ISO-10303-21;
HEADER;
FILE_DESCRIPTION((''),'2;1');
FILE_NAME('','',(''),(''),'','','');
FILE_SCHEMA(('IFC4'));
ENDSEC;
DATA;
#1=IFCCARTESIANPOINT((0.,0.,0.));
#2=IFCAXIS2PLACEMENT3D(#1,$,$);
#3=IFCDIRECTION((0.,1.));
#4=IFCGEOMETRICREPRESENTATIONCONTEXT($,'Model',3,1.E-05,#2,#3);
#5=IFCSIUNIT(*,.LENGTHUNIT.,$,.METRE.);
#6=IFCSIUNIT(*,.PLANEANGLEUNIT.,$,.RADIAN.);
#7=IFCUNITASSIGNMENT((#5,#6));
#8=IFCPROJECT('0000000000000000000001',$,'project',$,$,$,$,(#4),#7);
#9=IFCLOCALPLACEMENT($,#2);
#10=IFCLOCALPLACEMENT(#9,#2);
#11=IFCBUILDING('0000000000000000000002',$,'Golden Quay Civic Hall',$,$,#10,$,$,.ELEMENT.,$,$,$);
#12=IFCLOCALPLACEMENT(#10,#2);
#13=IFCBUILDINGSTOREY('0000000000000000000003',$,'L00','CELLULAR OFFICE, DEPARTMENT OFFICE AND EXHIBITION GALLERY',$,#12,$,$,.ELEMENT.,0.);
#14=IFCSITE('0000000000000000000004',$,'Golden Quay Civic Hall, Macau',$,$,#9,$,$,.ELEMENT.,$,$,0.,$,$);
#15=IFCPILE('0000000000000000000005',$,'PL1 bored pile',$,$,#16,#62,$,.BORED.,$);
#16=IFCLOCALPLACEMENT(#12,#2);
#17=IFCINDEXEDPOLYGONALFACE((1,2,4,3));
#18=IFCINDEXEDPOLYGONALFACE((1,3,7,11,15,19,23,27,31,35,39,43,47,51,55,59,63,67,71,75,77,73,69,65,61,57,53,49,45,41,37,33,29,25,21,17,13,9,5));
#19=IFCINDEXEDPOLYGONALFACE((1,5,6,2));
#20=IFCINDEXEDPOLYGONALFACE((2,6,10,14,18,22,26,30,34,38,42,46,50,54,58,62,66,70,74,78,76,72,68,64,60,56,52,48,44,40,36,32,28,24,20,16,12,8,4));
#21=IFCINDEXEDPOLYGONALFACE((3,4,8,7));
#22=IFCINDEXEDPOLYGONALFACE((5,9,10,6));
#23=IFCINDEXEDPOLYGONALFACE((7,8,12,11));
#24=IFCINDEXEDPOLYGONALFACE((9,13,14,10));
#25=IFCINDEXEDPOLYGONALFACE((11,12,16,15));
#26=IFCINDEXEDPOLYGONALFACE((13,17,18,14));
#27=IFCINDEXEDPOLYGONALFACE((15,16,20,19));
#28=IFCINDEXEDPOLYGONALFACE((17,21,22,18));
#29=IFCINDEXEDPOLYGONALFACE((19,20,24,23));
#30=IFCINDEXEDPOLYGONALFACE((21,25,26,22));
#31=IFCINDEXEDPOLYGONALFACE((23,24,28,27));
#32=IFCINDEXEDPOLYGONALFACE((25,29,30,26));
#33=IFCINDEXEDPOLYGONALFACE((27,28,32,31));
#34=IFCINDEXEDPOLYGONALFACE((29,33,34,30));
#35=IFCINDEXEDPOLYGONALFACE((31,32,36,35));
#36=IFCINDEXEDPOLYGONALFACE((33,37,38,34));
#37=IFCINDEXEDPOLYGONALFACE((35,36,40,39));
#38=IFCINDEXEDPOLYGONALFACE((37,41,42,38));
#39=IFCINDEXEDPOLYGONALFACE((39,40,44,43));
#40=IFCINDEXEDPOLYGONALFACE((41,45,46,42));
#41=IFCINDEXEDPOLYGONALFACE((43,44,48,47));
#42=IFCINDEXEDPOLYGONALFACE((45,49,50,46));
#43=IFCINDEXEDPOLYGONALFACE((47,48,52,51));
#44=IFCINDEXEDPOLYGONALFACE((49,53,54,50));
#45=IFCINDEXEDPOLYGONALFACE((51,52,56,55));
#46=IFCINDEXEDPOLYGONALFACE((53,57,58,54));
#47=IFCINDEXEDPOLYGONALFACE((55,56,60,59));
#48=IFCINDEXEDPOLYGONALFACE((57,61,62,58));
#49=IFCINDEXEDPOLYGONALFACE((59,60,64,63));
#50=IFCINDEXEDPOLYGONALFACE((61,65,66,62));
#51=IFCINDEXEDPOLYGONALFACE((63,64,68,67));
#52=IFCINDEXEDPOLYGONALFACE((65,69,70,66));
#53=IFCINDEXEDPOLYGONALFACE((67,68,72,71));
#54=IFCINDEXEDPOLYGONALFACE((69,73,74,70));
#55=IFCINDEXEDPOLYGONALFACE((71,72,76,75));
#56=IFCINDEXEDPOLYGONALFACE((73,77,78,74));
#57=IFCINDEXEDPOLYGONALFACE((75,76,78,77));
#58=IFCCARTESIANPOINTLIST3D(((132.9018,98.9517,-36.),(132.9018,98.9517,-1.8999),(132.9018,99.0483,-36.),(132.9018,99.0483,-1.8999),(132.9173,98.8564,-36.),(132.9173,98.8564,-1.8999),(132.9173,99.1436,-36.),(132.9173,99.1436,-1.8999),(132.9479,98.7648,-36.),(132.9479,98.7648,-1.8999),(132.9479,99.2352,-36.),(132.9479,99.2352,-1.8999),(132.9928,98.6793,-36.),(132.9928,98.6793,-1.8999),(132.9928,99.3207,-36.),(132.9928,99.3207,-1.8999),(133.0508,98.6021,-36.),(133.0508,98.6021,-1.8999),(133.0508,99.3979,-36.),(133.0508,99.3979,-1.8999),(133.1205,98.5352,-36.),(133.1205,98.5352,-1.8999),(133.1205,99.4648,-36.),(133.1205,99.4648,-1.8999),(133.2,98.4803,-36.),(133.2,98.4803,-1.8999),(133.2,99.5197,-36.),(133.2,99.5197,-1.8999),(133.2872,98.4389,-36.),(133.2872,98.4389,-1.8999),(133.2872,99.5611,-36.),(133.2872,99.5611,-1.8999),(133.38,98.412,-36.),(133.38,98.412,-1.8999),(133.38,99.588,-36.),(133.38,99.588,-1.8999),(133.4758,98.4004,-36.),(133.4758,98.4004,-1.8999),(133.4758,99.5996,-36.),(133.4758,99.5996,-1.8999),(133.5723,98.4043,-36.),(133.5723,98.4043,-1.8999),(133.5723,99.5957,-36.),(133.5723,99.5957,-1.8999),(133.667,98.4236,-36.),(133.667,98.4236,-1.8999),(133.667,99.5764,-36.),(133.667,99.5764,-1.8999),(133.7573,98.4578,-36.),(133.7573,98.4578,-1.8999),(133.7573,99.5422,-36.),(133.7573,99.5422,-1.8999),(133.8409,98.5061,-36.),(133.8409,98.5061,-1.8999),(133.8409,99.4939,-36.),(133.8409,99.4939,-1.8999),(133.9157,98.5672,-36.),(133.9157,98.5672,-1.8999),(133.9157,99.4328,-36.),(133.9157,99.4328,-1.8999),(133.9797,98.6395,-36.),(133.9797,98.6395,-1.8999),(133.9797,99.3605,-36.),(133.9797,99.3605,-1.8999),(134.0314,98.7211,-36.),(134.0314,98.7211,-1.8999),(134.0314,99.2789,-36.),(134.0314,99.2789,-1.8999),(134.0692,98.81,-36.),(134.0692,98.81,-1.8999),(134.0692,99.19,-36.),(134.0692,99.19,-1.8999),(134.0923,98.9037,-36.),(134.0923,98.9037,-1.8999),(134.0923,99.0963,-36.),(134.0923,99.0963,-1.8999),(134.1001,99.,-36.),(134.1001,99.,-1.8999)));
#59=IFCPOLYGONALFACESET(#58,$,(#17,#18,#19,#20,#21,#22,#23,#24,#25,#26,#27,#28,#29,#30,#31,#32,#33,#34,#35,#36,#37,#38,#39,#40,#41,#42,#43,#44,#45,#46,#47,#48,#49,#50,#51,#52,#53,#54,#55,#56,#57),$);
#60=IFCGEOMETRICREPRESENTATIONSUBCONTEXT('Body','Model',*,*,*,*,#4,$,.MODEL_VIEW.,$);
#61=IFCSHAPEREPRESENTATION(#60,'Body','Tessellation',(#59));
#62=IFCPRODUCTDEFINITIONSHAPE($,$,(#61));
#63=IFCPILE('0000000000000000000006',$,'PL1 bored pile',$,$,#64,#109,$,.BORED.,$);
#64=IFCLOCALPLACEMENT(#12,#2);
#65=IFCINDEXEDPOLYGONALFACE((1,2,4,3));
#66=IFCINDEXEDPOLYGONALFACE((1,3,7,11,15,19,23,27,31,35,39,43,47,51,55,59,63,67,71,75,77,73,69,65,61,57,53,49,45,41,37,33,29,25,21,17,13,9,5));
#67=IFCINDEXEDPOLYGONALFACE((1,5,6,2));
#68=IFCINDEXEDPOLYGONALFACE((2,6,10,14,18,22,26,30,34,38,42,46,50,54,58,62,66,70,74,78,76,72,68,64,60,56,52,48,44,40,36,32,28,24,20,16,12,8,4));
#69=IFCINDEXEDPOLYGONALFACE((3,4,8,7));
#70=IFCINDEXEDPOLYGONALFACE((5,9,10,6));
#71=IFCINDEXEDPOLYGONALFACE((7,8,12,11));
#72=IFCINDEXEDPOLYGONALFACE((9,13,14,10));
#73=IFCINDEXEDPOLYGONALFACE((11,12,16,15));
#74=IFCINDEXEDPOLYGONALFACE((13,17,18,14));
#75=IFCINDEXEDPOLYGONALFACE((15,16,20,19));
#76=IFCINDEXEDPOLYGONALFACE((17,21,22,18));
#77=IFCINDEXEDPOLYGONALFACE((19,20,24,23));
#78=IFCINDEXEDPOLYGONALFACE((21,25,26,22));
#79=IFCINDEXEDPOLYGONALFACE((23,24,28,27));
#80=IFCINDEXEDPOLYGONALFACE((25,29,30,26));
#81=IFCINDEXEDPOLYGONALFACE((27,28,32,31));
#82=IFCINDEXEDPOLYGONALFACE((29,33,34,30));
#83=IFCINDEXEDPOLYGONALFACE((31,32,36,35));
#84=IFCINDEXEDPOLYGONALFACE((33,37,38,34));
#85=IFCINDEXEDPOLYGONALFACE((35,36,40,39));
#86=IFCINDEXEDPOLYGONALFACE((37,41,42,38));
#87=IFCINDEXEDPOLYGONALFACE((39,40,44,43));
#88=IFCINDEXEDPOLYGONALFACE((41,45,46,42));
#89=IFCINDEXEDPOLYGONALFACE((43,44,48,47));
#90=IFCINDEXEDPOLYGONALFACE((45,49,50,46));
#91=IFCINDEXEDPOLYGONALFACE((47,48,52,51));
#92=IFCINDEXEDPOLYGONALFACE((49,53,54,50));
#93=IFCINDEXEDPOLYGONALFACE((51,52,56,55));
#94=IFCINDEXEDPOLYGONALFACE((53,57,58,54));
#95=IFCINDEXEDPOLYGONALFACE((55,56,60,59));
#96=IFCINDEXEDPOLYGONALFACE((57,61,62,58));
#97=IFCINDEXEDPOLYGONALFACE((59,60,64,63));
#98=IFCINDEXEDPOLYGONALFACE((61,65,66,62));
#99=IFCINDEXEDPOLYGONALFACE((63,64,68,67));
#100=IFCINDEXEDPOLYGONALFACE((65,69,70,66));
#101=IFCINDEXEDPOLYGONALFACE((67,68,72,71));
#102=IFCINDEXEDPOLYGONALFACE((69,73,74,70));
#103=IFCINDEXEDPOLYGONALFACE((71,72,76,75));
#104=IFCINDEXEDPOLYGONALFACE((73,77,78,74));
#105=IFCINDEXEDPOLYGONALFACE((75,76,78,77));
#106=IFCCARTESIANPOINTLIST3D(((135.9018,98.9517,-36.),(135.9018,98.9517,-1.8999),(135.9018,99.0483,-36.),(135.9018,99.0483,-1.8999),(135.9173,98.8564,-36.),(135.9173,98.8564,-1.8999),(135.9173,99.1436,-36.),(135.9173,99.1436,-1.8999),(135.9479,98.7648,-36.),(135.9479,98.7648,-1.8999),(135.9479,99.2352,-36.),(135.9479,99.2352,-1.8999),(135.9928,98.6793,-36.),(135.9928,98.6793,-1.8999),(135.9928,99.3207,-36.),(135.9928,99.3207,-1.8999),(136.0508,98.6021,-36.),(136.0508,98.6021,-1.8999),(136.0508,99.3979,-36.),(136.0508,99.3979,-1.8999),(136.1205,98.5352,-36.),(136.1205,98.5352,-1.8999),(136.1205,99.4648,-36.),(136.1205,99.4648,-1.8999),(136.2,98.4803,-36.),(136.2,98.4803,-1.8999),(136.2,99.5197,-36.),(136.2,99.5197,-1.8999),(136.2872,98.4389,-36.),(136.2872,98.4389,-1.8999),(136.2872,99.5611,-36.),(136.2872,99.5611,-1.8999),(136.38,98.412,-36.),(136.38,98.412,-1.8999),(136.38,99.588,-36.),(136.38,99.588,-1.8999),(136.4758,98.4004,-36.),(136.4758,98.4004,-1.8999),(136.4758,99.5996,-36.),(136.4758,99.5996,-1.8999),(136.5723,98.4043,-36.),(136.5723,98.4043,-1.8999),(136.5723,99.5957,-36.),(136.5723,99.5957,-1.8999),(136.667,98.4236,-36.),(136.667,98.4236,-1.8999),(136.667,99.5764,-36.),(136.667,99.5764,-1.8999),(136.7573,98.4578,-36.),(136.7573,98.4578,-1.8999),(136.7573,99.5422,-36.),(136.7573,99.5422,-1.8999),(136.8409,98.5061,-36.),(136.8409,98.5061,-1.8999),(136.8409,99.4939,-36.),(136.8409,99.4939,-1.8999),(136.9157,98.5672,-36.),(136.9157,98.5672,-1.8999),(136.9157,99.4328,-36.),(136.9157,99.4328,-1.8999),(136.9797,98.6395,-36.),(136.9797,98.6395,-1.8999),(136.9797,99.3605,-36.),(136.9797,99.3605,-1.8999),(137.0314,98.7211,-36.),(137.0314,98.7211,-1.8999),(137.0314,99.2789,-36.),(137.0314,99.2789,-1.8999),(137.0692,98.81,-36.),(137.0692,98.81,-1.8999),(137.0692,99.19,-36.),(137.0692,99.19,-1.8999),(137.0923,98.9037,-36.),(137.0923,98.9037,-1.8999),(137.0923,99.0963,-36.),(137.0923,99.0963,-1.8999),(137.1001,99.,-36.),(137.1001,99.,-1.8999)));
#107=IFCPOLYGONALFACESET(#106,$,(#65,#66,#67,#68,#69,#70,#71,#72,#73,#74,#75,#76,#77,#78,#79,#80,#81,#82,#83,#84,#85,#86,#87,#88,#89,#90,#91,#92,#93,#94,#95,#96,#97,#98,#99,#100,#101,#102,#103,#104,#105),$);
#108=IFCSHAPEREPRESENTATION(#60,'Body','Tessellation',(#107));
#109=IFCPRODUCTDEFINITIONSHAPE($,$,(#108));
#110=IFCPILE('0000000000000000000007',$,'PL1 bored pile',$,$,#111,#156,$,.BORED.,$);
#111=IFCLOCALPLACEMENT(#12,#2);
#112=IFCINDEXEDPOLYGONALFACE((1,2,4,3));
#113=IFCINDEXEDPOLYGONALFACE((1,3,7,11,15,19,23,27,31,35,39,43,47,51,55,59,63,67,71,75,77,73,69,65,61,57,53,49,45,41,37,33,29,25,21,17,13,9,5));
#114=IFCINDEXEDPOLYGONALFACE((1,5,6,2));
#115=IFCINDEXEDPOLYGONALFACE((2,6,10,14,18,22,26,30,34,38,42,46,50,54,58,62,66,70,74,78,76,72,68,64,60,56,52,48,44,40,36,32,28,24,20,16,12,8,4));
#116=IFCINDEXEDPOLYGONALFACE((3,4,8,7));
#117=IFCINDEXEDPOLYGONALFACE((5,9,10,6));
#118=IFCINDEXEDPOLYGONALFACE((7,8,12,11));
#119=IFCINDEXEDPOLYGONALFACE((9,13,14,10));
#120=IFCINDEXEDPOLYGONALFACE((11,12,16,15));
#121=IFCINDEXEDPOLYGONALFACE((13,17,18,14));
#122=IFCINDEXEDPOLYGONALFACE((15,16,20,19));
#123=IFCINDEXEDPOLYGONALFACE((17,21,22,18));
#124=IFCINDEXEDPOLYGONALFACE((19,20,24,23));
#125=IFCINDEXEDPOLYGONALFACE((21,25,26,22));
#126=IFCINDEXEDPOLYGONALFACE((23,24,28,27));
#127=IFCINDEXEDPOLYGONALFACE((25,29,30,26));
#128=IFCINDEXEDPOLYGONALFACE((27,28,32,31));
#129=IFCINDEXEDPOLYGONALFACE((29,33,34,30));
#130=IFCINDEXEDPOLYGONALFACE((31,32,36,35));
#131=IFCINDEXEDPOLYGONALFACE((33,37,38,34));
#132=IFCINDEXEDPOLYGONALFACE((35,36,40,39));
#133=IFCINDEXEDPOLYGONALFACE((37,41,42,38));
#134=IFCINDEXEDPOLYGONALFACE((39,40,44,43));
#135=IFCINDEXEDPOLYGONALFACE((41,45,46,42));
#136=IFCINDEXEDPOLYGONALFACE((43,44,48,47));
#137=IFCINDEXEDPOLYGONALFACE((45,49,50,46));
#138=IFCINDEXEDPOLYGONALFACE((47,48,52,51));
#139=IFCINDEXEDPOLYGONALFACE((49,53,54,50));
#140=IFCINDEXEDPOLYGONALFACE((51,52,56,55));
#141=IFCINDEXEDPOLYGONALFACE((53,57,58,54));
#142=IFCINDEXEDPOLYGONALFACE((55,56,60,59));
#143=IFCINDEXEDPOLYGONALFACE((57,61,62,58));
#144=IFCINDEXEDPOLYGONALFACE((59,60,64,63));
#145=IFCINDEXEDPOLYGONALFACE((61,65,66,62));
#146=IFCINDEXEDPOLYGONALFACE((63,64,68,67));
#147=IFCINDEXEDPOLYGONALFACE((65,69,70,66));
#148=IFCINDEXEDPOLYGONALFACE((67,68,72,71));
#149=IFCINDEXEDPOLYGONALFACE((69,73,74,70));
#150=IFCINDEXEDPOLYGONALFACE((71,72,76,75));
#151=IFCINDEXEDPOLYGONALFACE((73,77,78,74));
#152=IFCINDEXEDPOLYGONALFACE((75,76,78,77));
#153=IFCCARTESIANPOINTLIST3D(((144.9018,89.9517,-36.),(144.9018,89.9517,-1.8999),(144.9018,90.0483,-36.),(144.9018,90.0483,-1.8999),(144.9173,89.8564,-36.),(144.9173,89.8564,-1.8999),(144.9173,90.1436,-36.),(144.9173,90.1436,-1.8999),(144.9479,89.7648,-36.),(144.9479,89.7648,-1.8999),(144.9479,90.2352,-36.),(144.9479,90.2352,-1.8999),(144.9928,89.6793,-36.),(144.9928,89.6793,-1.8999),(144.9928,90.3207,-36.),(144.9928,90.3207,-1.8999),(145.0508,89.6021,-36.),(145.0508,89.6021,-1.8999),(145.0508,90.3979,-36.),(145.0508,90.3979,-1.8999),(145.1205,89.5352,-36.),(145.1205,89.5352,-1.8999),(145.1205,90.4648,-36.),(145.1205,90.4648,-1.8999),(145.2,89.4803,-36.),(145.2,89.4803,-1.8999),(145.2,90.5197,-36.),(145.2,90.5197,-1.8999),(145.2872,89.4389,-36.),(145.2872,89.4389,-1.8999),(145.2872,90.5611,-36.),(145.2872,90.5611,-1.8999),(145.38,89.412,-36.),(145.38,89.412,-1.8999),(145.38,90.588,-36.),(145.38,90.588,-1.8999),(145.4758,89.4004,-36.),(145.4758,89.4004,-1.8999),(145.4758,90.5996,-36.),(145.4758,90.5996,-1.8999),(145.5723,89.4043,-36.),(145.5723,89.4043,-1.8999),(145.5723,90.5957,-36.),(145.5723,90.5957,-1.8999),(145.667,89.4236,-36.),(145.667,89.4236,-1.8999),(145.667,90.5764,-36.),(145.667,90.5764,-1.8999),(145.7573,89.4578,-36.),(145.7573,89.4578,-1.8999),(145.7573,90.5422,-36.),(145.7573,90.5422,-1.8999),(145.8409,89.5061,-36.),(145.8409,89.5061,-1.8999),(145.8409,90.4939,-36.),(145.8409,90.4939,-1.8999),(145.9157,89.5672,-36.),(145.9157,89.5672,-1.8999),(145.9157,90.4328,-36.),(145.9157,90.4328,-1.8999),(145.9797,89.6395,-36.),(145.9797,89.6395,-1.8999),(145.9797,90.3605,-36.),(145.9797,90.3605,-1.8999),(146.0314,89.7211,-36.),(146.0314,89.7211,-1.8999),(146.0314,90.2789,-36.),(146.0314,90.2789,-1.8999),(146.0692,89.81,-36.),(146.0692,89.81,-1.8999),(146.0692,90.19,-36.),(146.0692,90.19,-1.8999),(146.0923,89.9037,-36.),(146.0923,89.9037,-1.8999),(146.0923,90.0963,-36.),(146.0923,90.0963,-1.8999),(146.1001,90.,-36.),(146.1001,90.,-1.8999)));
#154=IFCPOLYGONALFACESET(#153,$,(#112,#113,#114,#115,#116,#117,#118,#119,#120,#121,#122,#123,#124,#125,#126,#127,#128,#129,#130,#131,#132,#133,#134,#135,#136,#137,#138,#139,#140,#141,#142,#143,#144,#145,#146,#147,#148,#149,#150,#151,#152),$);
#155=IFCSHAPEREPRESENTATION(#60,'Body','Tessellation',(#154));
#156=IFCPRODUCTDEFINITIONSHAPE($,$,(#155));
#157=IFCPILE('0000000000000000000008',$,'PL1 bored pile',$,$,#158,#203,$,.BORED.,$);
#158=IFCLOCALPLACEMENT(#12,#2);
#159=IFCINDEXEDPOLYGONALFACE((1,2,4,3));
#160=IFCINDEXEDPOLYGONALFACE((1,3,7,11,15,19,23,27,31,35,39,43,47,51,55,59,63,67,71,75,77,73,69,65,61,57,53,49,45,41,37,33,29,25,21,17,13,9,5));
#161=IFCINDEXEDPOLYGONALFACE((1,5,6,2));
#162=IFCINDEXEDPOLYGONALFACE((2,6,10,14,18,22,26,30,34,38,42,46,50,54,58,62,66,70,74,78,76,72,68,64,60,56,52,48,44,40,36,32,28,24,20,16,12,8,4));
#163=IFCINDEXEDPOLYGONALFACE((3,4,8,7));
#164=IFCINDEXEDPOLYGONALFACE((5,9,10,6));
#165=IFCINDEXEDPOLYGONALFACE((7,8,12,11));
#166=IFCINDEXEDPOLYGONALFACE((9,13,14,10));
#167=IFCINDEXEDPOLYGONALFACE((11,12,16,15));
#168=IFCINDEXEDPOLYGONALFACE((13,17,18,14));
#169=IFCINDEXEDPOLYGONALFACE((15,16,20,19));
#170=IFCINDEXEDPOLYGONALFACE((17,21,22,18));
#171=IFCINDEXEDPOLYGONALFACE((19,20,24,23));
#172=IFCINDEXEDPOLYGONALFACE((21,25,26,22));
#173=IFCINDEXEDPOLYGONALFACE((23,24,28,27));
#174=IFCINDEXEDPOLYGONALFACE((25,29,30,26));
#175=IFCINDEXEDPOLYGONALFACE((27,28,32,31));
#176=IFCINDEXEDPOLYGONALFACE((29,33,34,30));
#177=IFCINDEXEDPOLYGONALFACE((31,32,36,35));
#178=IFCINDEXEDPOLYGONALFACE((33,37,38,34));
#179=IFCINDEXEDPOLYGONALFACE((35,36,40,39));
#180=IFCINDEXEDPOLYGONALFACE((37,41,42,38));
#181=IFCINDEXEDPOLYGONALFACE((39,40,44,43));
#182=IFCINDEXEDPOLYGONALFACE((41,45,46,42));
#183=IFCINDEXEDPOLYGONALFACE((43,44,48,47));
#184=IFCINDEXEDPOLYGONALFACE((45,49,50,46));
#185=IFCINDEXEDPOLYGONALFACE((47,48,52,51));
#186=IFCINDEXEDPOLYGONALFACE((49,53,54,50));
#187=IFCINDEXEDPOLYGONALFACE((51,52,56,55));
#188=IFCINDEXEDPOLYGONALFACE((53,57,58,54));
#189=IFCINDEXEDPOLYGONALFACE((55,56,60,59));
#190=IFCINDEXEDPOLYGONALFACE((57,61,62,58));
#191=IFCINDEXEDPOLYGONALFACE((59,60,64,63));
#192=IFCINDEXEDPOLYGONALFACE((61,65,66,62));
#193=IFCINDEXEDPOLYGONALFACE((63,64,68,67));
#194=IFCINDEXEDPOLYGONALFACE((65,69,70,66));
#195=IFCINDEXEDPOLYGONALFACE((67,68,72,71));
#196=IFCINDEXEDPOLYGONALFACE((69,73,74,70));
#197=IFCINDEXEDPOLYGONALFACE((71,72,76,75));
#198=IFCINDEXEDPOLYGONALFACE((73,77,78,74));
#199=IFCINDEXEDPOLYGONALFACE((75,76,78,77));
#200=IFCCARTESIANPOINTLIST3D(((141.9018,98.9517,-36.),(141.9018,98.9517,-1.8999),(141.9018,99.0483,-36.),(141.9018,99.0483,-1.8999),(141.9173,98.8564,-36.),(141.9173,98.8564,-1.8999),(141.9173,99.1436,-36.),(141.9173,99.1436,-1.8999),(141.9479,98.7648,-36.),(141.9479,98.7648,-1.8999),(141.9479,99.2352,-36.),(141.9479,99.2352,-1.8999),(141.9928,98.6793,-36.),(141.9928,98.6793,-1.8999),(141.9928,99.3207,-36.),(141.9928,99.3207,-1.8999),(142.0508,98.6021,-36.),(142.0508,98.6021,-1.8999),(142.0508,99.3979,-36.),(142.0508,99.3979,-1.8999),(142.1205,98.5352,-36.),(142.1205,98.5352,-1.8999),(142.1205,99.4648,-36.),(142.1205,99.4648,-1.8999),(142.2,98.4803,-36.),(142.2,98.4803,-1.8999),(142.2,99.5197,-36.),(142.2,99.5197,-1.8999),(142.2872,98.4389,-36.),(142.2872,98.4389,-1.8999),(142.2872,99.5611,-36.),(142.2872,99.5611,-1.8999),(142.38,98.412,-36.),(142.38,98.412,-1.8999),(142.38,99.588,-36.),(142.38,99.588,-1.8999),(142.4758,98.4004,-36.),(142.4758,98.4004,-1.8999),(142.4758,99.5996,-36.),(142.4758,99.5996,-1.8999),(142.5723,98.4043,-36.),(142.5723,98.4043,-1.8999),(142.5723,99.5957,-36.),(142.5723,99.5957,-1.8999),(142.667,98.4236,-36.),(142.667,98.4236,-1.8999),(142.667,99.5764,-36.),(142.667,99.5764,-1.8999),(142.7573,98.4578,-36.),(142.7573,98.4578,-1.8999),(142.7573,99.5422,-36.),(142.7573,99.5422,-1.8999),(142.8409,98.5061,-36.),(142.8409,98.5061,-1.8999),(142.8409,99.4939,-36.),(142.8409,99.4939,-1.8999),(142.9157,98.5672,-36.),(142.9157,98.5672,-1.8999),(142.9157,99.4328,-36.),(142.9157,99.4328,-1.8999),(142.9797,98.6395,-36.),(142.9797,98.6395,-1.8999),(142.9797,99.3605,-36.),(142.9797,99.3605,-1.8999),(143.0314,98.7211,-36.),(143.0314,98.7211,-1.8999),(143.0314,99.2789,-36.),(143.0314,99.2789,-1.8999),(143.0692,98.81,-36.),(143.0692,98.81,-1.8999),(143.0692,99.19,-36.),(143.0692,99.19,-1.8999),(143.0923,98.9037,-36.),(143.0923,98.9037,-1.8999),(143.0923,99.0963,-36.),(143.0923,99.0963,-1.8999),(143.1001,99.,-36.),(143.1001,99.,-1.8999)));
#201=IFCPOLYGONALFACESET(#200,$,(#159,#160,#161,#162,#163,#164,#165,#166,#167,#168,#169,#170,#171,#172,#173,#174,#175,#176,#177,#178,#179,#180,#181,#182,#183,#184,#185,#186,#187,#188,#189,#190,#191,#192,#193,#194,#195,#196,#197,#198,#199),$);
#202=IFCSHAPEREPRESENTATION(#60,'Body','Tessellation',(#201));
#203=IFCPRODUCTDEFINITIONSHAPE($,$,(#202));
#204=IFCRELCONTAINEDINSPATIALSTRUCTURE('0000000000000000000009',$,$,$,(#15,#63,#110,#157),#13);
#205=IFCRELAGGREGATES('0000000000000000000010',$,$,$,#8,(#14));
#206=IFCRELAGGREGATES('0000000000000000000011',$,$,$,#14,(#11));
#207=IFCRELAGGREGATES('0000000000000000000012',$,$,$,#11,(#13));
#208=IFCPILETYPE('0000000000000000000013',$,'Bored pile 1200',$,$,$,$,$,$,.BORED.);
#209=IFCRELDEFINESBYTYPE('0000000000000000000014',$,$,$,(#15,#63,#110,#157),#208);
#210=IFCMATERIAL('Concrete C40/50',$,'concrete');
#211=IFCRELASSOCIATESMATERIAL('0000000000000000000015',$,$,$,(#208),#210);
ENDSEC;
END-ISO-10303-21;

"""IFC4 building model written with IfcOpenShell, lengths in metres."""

from ifc_helpers import new_model, si_unit, direction, frame, origin, origin_2d, place, context, subcontext, project, spatial, circle, extrude, material, material_profile, profile_set, type_object, element, save


model = new_model("IFC4")

# Units and contexts
model_context = context("Model", 3, precision=1e-05, world=origin(), true_north=direction((0.0, 1.0)))
body_context = subcontext(model_context, "Body", "Model", "MODEL_VIEW")
ifc_project = project(units=[si_unit("LENGTHUNIT", "METRE"), si_unit("PLANEANGLEUNIT", "RADIAN")], contexts=[model_context])

# Site, building, storey
site_placement = place(None, origin())
site = spatial("IfcSite", under=ifc_project, at=site_placement, Name="Golden Quay Civic Hall, Macau", CompositionType="ELEMENT", RefElevation=0.0)
building_placement = place(site_placement, origin())
building = spatial("IfcBuilding", under=site, at=building_placement, Name="Golden Quay Civic Hall", CompositionType="ELEMENT")
storey_placement = place(building_placement, origin())
storey = spatial("IfcBuildingStorey", under=building, at=storey_placement, Name="L00", Description="CELLULAR OFFICE, DEPARTMENT OFFICE AND EXHIBITION GALLERY", CompositionType="ELEMENT", Elevation=0.0)

# Piles
ifc_material_1 = material(Name="Concrete C40/50", Category="concrete")
ifc_material_profile_1 = material_profile(ifc_material_1, circle(Radius=0.6001, at=origin_2d()), Name="RC D1200")
ifc_profile_set_1 = profile_set([ifc_material_profile_1], Name="Concrete C40/50")
pile_type = type_object("IfcPileType", Name="Bored pile 1200", PredefinedType="BORED", material=ifc_profile_set_1)
for number, where, z_axis, x_axis, name in (
    (1, (133.5, 99.0, -1.8999), (0.0, 0.0, -1.0), (1.0, 0.0, 0.0), "PL1 bored pile"),
    (2, (136.5, 99.0, -1.8999), (0.0, 0.0, -1.0), (1.0, 0.0, 0.0), "PL1 bored pile"),
    (3, (145.5, 90.0, -1.8999), (0.0, 0.0, -1.0), (1.0, 0.0, 0.0), "PL1 bored pile"),
    (4, (142.5, 99.0, -1.8999), (0.0, 0.0, -1.0), (1.0, 0.0, 0.0), "PL1 bored pile"),
):
    element("IfcPile", number, at=place(storey_placement, frame(where, z_axis=z_axis, x_axis=x_axis)), inside=storey, type_object=pile_type, Name=name, PredefinedType="BORED", context=body_context, shape_type="SweptSolid", body=[
        extrude(circle(Radius=0.6001, at=origin_2d()), origin(), (0.0, 0.0, 1.0), 34.1001),
    ])

save(model, "model.ifc")
